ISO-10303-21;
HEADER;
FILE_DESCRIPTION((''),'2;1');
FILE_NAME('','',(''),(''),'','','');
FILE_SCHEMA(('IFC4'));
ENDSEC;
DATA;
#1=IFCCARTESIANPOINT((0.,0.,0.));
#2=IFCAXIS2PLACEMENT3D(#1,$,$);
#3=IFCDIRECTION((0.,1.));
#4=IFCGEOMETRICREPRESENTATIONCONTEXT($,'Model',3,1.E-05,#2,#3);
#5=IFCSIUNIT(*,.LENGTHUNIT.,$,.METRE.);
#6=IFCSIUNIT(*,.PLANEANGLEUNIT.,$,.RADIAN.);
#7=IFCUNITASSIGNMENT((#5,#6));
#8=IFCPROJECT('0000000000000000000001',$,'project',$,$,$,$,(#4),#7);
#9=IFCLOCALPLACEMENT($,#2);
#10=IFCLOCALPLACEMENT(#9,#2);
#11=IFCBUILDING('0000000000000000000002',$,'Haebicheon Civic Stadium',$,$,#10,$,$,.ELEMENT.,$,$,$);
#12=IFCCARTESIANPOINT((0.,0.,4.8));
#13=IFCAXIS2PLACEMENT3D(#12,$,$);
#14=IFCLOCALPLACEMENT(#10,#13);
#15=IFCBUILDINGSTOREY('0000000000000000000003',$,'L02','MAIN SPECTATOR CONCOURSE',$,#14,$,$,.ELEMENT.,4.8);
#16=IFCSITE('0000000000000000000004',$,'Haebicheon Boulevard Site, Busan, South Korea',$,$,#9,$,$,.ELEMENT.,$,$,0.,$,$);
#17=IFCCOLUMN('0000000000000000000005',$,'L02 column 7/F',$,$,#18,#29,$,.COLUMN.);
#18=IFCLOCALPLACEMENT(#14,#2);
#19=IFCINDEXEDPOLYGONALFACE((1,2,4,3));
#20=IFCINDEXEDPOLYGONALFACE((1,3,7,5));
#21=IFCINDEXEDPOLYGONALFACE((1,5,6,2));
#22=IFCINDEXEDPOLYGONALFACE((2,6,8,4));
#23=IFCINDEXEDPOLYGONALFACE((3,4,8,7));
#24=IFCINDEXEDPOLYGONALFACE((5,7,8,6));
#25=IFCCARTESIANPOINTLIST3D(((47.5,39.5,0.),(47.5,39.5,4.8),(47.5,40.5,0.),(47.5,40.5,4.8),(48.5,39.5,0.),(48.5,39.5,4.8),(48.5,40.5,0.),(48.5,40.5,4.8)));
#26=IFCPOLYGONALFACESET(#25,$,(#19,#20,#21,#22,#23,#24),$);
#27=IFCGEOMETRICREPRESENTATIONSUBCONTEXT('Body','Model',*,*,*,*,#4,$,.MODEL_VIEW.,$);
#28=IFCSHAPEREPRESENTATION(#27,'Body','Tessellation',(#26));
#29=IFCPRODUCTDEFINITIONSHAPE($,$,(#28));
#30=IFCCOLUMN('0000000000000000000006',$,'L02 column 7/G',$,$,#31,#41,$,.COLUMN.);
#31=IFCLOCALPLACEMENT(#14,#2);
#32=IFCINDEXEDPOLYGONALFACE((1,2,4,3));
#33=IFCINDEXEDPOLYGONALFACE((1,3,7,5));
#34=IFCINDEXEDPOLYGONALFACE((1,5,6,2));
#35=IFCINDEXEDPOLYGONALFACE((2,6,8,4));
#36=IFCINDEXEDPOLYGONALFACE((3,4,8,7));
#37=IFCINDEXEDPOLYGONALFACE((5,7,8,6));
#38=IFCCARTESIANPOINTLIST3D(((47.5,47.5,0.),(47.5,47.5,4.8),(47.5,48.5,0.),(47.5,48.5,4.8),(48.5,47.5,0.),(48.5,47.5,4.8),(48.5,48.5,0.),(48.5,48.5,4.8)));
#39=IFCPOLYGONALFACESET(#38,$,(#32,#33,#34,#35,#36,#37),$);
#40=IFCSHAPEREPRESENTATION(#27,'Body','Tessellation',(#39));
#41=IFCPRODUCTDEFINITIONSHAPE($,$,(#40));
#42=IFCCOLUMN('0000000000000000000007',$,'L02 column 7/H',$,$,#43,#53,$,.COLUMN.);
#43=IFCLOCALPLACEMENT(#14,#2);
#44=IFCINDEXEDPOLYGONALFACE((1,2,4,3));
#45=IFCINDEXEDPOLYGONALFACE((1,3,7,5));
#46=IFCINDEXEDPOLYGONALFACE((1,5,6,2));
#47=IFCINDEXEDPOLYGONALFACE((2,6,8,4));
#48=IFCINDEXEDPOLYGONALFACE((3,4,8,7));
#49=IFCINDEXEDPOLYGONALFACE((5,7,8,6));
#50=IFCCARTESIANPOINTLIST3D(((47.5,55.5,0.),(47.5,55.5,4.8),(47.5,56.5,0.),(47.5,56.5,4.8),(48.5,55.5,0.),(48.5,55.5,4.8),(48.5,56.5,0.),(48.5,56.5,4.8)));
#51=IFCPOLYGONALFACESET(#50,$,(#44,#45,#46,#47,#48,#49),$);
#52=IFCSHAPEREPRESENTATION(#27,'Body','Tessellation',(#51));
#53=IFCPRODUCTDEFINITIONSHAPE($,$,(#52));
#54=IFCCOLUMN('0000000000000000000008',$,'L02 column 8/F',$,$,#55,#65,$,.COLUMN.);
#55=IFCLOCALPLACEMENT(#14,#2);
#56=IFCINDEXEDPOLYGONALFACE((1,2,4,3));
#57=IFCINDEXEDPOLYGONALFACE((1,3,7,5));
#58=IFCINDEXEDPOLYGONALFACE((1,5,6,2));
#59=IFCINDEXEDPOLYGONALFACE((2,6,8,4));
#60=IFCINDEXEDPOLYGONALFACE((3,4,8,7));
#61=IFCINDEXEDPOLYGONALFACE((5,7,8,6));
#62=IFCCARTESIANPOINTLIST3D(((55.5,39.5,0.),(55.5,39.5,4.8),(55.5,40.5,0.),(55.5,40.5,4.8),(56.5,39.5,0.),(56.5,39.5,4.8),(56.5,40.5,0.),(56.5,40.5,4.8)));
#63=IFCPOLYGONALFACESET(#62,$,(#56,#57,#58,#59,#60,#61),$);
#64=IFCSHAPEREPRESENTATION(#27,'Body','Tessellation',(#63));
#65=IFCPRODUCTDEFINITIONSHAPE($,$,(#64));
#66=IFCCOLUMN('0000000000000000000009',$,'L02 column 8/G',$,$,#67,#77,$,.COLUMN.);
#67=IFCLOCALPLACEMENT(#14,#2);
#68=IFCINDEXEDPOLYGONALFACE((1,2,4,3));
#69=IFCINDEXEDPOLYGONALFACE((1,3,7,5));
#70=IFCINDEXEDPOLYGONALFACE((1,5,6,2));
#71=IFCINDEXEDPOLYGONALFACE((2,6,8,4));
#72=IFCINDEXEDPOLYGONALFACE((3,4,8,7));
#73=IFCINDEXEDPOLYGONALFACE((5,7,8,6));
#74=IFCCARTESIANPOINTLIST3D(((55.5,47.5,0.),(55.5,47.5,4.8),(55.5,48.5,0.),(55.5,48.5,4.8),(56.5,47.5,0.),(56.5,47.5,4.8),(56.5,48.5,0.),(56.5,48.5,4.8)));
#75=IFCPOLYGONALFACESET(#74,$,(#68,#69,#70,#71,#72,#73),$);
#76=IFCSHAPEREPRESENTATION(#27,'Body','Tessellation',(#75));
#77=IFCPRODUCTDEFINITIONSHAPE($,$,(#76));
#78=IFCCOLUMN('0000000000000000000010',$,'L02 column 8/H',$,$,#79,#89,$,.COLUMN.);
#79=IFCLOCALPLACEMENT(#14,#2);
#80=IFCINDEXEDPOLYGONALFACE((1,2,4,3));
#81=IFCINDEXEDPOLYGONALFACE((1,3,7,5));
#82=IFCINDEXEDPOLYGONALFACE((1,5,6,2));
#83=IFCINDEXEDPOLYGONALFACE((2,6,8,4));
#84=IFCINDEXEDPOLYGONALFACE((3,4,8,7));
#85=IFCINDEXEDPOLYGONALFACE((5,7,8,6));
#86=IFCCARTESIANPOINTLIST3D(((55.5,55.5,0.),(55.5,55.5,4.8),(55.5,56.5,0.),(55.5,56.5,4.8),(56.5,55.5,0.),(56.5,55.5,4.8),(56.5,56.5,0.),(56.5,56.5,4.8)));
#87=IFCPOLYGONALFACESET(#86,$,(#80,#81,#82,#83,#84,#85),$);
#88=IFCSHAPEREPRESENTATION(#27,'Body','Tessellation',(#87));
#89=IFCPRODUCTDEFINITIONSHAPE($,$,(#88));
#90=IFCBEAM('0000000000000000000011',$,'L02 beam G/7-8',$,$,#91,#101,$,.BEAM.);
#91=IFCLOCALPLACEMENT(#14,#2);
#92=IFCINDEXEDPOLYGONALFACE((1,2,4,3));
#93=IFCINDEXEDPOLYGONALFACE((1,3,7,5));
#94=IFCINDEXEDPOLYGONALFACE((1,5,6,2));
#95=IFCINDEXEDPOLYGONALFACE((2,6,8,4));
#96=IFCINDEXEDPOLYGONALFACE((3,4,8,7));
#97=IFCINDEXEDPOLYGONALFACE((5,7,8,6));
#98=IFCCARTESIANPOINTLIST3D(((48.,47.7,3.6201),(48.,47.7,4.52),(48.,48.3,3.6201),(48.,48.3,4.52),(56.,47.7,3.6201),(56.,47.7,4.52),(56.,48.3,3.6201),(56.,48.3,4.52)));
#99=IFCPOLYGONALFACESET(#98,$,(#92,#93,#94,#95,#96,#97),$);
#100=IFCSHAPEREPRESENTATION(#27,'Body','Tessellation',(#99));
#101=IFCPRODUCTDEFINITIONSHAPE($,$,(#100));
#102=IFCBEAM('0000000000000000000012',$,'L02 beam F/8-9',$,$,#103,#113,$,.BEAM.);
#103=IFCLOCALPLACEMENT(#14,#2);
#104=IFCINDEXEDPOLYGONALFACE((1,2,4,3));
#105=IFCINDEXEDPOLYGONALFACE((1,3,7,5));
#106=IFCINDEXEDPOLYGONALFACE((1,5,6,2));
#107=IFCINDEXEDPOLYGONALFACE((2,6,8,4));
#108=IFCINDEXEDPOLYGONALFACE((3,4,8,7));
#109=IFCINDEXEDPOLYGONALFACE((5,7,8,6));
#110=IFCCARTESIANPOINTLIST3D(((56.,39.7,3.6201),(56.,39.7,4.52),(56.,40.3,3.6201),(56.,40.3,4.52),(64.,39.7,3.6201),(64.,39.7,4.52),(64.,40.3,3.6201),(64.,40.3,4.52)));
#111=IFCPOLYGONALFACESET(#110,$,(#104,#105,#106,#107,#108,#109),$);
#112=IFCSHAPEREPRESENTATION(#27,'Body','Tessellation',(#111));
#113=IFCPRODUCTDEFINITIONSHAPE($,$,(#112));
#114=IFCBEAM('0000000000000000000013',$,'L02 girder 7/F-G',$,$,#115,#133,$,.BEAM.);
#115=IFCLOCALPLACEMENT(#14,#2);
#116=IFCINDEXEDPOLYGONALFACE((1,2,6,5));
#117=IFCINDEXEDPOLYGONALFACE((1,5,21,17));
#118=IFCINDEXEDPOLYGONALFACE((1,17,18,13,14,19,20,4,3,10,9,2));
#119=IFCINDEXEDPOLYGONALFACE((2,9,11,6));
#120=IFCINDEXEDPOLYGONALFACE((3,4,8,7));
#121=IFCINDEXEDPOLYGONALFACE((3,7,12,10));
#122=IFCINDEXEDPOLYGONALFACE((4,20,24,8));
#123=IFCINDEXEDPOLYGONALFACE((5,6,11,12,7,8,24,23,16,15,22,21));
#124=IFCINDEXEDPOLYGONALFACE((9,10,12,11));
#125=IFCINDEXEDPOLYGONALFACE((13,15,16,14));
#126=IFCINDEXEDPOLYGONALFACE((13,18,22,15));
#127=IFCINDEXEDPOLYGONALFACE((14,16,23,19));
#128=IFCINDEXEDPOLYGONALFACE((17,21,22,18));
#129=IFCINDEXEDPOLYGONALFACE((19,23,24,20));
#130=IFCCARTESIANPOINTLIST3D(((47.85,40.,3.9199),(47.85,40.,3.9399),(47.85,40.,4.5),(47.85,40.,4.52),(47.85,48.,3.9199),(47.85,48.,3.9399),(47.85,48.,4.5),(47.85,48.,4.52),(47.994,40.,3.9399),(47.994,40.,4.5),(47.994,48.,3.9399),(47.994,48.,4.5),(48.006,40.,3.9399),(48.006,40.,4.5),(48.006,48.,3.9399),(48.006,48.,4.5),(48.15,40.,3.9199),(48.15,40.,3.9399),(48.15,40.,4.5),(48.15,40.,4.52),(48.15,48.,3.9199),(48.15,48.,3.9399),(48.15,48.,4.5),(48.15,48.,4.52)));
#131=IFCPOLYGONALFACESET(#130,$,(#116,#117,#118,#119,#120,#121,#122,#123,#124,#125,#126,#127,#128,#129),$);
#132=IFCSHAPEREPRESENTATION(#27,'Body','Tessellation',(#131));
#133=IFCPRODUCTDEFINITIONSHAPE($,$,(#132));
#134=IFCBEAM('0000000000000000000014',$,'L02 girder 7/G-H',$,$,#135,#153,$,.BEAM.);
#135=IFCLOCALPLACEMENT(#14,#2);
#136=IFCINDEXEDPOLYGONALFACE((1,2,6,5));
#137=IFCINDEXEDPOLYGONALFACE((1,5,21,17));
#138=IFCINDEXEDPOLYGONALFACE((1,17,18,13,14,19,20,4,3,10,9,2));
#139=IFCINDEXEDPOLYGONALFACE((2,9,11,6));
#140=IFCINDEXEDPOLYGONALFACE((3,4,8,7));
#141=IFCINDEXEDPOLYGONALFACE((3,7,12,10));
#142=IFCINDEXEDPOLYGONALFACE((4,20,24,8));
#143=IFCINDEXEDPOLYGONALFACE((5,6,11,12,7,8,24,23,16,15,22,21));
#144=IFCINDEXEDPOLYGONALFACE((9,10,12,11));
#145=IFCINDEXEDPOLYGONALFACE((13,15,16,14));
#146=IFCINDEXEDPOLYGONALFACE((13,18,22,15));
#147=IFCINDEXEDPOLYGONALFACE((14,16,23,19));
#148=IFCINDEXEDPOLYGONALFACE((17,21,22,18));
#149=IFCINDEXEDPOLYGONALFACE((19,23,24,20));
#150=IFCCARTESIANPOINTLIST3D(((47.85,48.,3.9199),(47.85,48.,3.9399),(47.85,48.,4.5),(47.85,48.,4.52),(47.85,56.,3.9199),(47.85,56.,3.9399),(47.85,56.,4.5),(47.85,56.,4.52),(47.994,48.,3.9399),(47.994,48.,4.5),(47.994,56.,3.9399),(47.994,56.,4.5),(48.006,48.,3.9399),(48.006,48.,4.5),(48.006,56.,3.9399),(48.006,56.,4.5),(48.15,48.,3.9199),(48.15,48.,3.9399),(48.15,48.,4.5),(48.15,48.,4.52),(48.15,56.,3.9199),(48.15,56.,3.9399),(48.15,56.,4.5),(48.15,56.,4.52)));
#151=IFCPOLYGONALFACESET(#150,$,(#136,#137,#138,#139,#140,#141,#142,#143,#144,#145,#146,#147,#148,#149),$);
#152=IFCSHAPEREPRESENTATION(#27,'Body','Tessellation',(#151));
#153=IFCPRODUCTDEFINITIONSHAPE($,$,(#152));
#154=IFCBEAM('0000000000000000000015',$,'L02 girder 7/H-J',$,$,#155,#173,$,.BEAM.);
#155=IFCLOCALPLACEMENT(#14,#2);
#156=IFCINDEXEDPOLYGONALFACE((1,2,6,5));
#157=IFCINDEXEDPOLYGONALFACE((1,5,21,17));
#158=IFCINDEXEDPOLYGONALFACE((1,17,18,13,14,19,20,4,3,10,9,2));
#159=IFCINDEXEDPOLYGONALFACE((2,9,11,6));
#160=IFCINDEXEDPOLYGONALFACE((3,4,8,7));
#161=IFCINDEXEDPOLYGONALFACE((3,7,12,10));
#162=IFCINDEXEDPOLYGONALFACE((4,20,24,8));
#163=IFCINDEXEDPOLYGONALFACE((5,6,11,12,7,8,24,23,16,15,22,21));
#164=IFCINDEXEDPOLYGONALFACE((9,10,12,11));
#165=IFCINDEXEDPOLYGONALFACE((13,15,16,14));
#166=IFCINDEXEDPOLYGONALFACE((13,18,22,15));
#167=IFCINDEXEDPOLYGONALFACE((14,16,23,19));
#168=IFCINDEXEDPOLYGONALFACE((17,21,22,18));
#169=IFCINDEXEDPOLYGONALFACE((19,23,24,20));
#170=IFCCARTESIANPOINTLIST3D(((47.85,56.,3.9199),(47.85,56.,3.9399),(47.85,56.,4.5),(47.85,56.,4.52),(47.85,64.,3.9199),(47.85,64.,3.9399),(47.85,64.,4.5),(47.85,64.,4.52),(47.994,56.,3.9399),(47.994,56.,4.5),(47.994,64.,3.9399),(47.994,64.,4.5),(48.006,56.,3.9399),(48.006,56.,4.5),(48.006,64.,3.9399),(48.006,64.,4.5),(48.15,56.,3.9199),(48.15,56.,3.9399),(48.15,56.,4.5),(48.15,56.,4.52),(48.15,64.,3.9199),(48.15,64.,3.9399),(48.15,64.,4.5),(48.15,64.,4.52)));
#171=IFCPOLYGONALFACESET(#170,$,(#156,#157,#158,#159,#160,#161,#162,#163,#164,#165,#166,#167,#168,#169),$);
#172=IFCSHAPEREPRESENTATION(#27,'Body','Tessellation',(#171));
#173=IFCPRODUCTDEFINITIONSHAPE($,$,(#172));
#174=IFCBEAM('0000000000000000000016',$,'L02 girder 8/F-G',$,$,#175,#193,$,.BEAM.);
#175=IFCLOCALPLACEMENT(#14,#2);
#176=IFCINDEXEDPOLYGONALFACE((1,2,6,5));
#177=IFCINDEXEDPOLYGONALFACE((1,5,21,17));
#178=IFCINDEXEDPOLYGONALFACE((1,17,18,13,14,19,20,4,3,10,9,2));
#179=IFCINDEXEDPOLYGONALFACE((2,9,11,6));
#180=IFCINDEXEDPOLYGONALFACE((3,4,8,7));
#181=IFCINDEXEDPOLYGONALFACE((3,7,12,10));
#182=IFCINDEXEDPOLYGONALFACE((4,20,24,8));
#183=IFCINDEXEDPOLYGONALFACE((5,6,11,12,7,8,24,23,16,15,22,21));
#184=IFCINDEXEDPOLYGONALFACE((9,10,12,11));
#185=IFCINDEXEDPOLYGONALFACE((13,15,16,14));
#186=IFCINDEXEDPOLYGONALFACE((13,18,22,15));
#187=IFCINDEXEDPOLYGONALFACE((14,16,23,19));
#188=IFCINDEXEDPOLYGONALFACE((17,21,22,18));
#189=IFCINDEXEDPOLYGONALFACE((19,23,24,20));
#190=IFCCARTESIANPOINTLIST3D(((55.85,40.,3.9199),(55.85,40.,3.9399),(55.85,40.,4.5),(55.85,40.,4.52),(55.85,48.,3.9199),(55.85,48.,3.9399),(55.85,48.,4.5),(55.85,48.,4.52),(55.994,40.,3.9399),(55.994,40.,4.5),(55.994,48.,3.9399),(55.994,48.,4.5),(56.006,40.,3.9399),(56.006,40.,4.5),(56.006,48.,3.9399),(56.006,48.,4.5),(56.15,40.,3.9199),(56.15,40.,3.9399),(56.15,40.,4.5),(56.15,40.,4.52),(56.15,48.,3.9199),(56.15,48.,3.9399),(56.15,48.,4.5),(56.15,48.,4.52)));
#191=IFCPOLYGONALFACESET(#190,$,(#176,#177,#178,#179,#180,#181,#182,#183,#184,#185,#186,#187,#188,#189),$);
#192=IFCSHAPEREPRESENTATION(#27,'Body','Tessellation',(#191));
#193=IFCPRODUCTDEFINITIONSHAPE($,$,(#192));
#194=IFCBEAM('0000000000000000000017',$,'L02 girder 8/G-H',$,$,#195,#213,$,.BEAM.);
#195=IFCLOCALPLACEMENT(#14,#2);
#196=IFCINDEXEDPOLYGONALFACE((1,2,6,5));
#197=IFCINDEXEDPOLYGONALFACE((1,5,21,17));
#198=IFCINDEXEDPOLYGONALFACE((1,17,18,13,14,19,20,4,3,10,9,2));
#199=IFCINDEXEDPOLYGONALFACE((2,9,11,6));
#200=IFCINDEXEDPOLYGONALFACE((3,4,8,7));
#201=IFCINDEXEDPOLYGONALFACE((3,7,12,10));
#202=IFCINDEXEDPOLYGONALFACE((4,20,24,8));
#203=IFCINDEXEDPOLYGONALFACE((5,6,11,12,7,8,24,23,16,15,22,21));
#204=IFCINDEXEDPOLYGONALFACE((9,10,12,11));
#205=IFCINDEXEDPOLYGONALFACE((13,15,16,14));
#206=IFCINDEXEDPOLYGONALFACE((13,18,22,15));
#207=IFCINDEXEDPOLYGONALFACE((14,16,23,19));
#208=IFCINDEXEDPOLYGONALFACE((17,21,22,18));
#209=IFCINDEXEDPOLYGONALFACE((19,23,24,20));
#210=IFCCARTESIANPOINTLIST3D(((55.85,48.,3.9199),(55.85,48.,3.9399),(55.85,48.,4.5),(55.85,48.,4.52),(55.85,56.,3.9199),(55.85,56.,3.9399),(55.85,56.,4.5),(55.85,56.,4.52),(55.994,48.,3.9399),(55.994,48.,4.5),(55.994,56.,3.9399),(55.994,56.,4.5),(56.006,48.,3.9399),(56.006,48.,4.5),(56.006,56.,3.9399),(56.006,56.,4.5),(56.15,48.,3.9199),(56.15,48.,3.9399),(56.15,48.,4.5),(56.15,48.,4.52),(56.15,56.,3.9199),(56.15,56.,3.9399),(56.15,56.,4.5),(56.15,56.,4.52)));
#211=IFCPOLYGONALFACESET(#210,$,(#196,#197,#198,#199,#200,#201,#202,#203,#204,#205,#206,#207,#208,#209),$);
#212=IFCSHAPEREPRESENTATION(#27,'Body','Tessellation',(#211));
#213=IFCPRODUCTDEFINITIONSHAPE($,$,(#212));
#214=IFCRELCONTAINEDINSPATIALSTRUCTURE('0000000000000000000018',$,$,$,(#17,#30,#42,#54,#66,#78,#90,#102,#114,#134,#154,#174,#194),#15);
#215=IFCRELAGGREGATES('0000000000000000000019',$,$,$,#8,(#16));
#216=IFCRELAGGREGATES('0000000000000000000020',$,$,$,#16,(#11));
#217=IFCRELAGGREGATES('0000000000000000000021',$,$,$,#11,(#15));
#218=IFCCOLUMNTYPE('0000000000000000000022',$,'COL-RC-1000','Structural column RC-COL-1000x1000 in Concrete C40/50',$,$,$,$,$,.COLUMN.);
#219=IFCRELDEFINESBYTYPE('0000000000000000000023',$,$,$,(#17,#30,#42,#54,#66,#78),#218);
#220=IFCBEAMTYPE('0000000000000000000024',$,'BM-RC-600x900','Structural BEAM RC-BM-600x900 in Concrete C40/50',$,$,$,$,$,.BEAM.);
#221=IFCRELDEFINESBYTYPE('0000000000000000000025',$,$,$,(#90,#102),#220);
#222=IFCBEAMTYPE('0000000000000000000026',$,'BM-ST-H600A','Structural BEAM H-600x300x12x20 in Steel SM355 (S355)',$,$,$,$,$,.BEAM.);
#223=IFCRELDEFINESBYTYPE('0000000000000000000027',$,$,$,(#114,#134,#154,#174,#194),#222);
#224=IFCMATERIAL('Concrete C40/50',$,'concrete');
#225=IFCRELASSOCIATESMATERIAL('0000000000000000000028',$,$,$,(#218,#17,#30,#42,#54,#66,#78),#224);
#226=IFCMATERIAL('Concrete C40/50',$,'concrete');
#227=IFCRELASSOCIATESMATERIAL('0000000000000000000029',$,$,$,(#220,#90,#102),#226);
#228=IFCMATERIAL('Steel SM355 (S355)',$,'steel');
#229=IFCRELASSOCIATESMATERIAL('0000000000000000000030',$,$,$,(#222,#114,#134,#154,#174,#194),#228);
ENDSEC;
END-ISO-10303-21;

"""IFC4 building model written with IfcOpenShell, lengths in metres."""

from ifc_helpers import new_model, si_unit, direction, frame, origin, origin_2d, place, context, subcontext, project, spatial, rectangle, i_section, extrude, material, material_profile, profile_set, type_object, element, save


model = new_model("IFC4")

# Units and contexts
model_context = context("Model", 3, precision=1e-05, world=origin(), true_north=direction((0.0, 1.0)))
body_context = subcontext(model_context, "Body", "Model", "MODEL_VIEW")
ifc_project = project(units=[si_unit("LENGTHUNIT", "METRE"), si_unit("PLANEANGLEUNIT", "RADIAN")], contexts=[model_context])

# Site, building, storey
site_placement = place(None, origin())
site = spatial("IfcSite", under=ifc_project, at=site_placement, Name="Haebicheon Boulevard Site, Busan, South Korea", CompositionType="ELEMENT", RefElevation=0.0)
building_placement = place(site_placement, origin())
building = spatial("IfcBuilding", under=site, at=building_placement, Name="Haebicheon Civic Stadium", CompositionType="ELEMENT")
storey_placement = place(building_placement, frame((0.0, 0.0, 4.8)))
storey = spatial("IfcBuildingStorey", under=building, at=storey_placement, Name="L02", Description="MAIN SPECTATOR CONCOURSE", CompositionType="ELEMENT", Elevation=4.8)

# Columns
ifc_material_1 = material(Name="Concrete C40/50", Category="concrete")
ifc_material_profile_1 = material_profile(ifc_material_1, rectangle(XDim=1.0, YDim=1.0, at=origin_2d()), Name="RC-COL-1000x1000")
ifc_profile_set_1 = profile_set([ifc_material_profile_1], Name="Concrete C40/50")
column_type = type_object("IfcColumnType", Name="COL-RC-1000", Description="Structural column RC-COL-1000x1000 in Concrete C40/50", PredefinedType="COLUMN", material=ifc_profile_set_1)
for number, where, z_axis, x_axis, name in (
    (1, (48.0, 40.0, 0.0), (0.0, 0.0, 1.0), (1.0, 0.0, 0.0), "L02 column 7/F"),
    (2, (48.0, 48.0, 0.0), (0.0, 0.0, 1.0), (1.0, 0.0, 0.0), "L02 column 7/G"),
    (3, (48.0, 56.0, 0.0), (0.0, 0.0, 1.0), (1.0, 0.0, 0.0), "L02 column 7/H"),
    (4, (56.0, 40.0, 0.0), (0.0, 0.0, 1.0), (1.0, 0.0, 0.0), "L02 column 8/F"),
    (5, (56.0, 48.0, 0.0), (0.0, 0.0, 1.0), (1.0, 0.0, 0.0), "L02 column 8/G"),
    (6, (56.0, 56.0, 0.0), (0.0, 0.0, 1.0), (1.0, 0.0, 0.0), "L02 column 8/H"),
):
    element("IfcColumn", number, at=place(storey_placement, frame(where, z_axis=z_axis, x_axis=x_axis)), inside=storey, type_object=column_type, material=ifc_profile_set_1, Name=name, PredefinedType="COLUMN", context=body_context, shape_type="SweptSolid", body=[
        extrude(rectangle(XDim=1.0, YDim=1.0, at=origin_2d()), origin(), (0.0, 0.0, 1.0), 4.8),
    ])

# Beams
ifc_material_2 = material(Name="Concrete C40/50", Category="concrete")
ifc_material_profile_2 = material_profile(ifc_material_2, rectangle(XDim=0.6001, YDim=0.8999, at=origin_2d()), Name="RC-BM-600x900")
ifc_profile_set_2 = profile_set([ifc_material_profile_2], Name="Concrete C40/50")
beam_type_1 = type_object("IfcBeamType", Name="BM-RC-600x900", Description="Structural BEAM RC-BM-600x900 in Concrete C40/50", PredefinedType="BEAM", material=ifc_profile_set_2)
for number, where, z_axis, x_axis, name in (
    (7, (48.0, 48.0, 4.0701), (1.0, 0.0, 0.0), (0.0, 1.0, 0.0), "L02 beam G/7-8"),
    (8, (56.0, 40.0, 4.0701), (1.0, 0.0, 0.0), (0.0, 1.0, 0.0), "L02 beam F/8-9"),
):
    element("IfcBeam", number, at=place(storey_placement, frame(where, z_axis=z_axis, x_axis=x_axis)), inside=storey, type_object=beam_type_1, material=ifc_profile_set_2, Name=name, PredefinedType="BEAM", context=body_context, shape_type="SweptSolid", body=[
        extrude(rectangle(XDim=0.6001, YDim=0.8999, at=origin_2d()), origin(), (0.0, 0.0, 1.0), 8.0),
    ])
ifc_material_3 = material(Name="Steel SM355 (S355)", Category="steel")
ifc_material_profile_3 = material_profile(ifc_material_3, i_section(OverallWidth=0.3, OverallDepth=0.6001, WebThickness=0.012, FlangeThickness=0.02, at=origin_2d()), Name="H-600x300x12x20")
ifc_profile_set_3 = profile_set([ifc_material_profile_3], Name="Steel SM355 (S355)")
beam_type_2 = type_object("IfcBeamType", Name="BM-ST-H600A", Description="Structural BEAM H-600x300x12x20 in Steel SM355 (S355)", PredefinedType="BEAM", material=ifc_profile_set_3)
for number, where, z_axis, x_axis, name in (
    (9, (48.0, 40.0, 4.22), (0.0, 1.0, 0.0), (-1.0, 0.0, 0.0), "L02 girder 7/F-G"),
    (10, (48.0, 48.0, 4.22), (0.0, 1.0, 0.0), (-1.0, 0.0, 0.0), "L02 girder 7/G-H"),
    (11, (48.0, 56.0, 4.22), (0.0, 1.0, 0.0), (-1.0, 0.0, 0.0), "L02 girder 7/H-J"),
    (12, (56.0, 40.0, 4.22), (0.0, 1.0, 0.0), (-1.0, 0.0, 0.0), "L02 girder 8/F-G"),
    (13, (56.0, 48.0, 4.22), (0.0, 1.0, 0.0), (-1.0, 0.0, 0.0), "L02 girder 8/G-H"),
):
    element("IfcBeam", number, at=place(storey_placement, frame(where, z_axis=z_axis, x_axis=x_axis)), inside=storey, type_object=beam_type_2, material=ifc_profile_set_3, Name=name, PredefinedType="BEAM", context=body_context, shape_type="SweptSolid", body=[
        extrude(i_section(OverallWidth=0.3, OverallDepth=0.6001, WebThickness=0.012, FlangeThickness=0.02, at=origin_2d()), origin(), (0.0, 0.0, 1.0), 8.0),
    ])

save(model, "model.ifc")
